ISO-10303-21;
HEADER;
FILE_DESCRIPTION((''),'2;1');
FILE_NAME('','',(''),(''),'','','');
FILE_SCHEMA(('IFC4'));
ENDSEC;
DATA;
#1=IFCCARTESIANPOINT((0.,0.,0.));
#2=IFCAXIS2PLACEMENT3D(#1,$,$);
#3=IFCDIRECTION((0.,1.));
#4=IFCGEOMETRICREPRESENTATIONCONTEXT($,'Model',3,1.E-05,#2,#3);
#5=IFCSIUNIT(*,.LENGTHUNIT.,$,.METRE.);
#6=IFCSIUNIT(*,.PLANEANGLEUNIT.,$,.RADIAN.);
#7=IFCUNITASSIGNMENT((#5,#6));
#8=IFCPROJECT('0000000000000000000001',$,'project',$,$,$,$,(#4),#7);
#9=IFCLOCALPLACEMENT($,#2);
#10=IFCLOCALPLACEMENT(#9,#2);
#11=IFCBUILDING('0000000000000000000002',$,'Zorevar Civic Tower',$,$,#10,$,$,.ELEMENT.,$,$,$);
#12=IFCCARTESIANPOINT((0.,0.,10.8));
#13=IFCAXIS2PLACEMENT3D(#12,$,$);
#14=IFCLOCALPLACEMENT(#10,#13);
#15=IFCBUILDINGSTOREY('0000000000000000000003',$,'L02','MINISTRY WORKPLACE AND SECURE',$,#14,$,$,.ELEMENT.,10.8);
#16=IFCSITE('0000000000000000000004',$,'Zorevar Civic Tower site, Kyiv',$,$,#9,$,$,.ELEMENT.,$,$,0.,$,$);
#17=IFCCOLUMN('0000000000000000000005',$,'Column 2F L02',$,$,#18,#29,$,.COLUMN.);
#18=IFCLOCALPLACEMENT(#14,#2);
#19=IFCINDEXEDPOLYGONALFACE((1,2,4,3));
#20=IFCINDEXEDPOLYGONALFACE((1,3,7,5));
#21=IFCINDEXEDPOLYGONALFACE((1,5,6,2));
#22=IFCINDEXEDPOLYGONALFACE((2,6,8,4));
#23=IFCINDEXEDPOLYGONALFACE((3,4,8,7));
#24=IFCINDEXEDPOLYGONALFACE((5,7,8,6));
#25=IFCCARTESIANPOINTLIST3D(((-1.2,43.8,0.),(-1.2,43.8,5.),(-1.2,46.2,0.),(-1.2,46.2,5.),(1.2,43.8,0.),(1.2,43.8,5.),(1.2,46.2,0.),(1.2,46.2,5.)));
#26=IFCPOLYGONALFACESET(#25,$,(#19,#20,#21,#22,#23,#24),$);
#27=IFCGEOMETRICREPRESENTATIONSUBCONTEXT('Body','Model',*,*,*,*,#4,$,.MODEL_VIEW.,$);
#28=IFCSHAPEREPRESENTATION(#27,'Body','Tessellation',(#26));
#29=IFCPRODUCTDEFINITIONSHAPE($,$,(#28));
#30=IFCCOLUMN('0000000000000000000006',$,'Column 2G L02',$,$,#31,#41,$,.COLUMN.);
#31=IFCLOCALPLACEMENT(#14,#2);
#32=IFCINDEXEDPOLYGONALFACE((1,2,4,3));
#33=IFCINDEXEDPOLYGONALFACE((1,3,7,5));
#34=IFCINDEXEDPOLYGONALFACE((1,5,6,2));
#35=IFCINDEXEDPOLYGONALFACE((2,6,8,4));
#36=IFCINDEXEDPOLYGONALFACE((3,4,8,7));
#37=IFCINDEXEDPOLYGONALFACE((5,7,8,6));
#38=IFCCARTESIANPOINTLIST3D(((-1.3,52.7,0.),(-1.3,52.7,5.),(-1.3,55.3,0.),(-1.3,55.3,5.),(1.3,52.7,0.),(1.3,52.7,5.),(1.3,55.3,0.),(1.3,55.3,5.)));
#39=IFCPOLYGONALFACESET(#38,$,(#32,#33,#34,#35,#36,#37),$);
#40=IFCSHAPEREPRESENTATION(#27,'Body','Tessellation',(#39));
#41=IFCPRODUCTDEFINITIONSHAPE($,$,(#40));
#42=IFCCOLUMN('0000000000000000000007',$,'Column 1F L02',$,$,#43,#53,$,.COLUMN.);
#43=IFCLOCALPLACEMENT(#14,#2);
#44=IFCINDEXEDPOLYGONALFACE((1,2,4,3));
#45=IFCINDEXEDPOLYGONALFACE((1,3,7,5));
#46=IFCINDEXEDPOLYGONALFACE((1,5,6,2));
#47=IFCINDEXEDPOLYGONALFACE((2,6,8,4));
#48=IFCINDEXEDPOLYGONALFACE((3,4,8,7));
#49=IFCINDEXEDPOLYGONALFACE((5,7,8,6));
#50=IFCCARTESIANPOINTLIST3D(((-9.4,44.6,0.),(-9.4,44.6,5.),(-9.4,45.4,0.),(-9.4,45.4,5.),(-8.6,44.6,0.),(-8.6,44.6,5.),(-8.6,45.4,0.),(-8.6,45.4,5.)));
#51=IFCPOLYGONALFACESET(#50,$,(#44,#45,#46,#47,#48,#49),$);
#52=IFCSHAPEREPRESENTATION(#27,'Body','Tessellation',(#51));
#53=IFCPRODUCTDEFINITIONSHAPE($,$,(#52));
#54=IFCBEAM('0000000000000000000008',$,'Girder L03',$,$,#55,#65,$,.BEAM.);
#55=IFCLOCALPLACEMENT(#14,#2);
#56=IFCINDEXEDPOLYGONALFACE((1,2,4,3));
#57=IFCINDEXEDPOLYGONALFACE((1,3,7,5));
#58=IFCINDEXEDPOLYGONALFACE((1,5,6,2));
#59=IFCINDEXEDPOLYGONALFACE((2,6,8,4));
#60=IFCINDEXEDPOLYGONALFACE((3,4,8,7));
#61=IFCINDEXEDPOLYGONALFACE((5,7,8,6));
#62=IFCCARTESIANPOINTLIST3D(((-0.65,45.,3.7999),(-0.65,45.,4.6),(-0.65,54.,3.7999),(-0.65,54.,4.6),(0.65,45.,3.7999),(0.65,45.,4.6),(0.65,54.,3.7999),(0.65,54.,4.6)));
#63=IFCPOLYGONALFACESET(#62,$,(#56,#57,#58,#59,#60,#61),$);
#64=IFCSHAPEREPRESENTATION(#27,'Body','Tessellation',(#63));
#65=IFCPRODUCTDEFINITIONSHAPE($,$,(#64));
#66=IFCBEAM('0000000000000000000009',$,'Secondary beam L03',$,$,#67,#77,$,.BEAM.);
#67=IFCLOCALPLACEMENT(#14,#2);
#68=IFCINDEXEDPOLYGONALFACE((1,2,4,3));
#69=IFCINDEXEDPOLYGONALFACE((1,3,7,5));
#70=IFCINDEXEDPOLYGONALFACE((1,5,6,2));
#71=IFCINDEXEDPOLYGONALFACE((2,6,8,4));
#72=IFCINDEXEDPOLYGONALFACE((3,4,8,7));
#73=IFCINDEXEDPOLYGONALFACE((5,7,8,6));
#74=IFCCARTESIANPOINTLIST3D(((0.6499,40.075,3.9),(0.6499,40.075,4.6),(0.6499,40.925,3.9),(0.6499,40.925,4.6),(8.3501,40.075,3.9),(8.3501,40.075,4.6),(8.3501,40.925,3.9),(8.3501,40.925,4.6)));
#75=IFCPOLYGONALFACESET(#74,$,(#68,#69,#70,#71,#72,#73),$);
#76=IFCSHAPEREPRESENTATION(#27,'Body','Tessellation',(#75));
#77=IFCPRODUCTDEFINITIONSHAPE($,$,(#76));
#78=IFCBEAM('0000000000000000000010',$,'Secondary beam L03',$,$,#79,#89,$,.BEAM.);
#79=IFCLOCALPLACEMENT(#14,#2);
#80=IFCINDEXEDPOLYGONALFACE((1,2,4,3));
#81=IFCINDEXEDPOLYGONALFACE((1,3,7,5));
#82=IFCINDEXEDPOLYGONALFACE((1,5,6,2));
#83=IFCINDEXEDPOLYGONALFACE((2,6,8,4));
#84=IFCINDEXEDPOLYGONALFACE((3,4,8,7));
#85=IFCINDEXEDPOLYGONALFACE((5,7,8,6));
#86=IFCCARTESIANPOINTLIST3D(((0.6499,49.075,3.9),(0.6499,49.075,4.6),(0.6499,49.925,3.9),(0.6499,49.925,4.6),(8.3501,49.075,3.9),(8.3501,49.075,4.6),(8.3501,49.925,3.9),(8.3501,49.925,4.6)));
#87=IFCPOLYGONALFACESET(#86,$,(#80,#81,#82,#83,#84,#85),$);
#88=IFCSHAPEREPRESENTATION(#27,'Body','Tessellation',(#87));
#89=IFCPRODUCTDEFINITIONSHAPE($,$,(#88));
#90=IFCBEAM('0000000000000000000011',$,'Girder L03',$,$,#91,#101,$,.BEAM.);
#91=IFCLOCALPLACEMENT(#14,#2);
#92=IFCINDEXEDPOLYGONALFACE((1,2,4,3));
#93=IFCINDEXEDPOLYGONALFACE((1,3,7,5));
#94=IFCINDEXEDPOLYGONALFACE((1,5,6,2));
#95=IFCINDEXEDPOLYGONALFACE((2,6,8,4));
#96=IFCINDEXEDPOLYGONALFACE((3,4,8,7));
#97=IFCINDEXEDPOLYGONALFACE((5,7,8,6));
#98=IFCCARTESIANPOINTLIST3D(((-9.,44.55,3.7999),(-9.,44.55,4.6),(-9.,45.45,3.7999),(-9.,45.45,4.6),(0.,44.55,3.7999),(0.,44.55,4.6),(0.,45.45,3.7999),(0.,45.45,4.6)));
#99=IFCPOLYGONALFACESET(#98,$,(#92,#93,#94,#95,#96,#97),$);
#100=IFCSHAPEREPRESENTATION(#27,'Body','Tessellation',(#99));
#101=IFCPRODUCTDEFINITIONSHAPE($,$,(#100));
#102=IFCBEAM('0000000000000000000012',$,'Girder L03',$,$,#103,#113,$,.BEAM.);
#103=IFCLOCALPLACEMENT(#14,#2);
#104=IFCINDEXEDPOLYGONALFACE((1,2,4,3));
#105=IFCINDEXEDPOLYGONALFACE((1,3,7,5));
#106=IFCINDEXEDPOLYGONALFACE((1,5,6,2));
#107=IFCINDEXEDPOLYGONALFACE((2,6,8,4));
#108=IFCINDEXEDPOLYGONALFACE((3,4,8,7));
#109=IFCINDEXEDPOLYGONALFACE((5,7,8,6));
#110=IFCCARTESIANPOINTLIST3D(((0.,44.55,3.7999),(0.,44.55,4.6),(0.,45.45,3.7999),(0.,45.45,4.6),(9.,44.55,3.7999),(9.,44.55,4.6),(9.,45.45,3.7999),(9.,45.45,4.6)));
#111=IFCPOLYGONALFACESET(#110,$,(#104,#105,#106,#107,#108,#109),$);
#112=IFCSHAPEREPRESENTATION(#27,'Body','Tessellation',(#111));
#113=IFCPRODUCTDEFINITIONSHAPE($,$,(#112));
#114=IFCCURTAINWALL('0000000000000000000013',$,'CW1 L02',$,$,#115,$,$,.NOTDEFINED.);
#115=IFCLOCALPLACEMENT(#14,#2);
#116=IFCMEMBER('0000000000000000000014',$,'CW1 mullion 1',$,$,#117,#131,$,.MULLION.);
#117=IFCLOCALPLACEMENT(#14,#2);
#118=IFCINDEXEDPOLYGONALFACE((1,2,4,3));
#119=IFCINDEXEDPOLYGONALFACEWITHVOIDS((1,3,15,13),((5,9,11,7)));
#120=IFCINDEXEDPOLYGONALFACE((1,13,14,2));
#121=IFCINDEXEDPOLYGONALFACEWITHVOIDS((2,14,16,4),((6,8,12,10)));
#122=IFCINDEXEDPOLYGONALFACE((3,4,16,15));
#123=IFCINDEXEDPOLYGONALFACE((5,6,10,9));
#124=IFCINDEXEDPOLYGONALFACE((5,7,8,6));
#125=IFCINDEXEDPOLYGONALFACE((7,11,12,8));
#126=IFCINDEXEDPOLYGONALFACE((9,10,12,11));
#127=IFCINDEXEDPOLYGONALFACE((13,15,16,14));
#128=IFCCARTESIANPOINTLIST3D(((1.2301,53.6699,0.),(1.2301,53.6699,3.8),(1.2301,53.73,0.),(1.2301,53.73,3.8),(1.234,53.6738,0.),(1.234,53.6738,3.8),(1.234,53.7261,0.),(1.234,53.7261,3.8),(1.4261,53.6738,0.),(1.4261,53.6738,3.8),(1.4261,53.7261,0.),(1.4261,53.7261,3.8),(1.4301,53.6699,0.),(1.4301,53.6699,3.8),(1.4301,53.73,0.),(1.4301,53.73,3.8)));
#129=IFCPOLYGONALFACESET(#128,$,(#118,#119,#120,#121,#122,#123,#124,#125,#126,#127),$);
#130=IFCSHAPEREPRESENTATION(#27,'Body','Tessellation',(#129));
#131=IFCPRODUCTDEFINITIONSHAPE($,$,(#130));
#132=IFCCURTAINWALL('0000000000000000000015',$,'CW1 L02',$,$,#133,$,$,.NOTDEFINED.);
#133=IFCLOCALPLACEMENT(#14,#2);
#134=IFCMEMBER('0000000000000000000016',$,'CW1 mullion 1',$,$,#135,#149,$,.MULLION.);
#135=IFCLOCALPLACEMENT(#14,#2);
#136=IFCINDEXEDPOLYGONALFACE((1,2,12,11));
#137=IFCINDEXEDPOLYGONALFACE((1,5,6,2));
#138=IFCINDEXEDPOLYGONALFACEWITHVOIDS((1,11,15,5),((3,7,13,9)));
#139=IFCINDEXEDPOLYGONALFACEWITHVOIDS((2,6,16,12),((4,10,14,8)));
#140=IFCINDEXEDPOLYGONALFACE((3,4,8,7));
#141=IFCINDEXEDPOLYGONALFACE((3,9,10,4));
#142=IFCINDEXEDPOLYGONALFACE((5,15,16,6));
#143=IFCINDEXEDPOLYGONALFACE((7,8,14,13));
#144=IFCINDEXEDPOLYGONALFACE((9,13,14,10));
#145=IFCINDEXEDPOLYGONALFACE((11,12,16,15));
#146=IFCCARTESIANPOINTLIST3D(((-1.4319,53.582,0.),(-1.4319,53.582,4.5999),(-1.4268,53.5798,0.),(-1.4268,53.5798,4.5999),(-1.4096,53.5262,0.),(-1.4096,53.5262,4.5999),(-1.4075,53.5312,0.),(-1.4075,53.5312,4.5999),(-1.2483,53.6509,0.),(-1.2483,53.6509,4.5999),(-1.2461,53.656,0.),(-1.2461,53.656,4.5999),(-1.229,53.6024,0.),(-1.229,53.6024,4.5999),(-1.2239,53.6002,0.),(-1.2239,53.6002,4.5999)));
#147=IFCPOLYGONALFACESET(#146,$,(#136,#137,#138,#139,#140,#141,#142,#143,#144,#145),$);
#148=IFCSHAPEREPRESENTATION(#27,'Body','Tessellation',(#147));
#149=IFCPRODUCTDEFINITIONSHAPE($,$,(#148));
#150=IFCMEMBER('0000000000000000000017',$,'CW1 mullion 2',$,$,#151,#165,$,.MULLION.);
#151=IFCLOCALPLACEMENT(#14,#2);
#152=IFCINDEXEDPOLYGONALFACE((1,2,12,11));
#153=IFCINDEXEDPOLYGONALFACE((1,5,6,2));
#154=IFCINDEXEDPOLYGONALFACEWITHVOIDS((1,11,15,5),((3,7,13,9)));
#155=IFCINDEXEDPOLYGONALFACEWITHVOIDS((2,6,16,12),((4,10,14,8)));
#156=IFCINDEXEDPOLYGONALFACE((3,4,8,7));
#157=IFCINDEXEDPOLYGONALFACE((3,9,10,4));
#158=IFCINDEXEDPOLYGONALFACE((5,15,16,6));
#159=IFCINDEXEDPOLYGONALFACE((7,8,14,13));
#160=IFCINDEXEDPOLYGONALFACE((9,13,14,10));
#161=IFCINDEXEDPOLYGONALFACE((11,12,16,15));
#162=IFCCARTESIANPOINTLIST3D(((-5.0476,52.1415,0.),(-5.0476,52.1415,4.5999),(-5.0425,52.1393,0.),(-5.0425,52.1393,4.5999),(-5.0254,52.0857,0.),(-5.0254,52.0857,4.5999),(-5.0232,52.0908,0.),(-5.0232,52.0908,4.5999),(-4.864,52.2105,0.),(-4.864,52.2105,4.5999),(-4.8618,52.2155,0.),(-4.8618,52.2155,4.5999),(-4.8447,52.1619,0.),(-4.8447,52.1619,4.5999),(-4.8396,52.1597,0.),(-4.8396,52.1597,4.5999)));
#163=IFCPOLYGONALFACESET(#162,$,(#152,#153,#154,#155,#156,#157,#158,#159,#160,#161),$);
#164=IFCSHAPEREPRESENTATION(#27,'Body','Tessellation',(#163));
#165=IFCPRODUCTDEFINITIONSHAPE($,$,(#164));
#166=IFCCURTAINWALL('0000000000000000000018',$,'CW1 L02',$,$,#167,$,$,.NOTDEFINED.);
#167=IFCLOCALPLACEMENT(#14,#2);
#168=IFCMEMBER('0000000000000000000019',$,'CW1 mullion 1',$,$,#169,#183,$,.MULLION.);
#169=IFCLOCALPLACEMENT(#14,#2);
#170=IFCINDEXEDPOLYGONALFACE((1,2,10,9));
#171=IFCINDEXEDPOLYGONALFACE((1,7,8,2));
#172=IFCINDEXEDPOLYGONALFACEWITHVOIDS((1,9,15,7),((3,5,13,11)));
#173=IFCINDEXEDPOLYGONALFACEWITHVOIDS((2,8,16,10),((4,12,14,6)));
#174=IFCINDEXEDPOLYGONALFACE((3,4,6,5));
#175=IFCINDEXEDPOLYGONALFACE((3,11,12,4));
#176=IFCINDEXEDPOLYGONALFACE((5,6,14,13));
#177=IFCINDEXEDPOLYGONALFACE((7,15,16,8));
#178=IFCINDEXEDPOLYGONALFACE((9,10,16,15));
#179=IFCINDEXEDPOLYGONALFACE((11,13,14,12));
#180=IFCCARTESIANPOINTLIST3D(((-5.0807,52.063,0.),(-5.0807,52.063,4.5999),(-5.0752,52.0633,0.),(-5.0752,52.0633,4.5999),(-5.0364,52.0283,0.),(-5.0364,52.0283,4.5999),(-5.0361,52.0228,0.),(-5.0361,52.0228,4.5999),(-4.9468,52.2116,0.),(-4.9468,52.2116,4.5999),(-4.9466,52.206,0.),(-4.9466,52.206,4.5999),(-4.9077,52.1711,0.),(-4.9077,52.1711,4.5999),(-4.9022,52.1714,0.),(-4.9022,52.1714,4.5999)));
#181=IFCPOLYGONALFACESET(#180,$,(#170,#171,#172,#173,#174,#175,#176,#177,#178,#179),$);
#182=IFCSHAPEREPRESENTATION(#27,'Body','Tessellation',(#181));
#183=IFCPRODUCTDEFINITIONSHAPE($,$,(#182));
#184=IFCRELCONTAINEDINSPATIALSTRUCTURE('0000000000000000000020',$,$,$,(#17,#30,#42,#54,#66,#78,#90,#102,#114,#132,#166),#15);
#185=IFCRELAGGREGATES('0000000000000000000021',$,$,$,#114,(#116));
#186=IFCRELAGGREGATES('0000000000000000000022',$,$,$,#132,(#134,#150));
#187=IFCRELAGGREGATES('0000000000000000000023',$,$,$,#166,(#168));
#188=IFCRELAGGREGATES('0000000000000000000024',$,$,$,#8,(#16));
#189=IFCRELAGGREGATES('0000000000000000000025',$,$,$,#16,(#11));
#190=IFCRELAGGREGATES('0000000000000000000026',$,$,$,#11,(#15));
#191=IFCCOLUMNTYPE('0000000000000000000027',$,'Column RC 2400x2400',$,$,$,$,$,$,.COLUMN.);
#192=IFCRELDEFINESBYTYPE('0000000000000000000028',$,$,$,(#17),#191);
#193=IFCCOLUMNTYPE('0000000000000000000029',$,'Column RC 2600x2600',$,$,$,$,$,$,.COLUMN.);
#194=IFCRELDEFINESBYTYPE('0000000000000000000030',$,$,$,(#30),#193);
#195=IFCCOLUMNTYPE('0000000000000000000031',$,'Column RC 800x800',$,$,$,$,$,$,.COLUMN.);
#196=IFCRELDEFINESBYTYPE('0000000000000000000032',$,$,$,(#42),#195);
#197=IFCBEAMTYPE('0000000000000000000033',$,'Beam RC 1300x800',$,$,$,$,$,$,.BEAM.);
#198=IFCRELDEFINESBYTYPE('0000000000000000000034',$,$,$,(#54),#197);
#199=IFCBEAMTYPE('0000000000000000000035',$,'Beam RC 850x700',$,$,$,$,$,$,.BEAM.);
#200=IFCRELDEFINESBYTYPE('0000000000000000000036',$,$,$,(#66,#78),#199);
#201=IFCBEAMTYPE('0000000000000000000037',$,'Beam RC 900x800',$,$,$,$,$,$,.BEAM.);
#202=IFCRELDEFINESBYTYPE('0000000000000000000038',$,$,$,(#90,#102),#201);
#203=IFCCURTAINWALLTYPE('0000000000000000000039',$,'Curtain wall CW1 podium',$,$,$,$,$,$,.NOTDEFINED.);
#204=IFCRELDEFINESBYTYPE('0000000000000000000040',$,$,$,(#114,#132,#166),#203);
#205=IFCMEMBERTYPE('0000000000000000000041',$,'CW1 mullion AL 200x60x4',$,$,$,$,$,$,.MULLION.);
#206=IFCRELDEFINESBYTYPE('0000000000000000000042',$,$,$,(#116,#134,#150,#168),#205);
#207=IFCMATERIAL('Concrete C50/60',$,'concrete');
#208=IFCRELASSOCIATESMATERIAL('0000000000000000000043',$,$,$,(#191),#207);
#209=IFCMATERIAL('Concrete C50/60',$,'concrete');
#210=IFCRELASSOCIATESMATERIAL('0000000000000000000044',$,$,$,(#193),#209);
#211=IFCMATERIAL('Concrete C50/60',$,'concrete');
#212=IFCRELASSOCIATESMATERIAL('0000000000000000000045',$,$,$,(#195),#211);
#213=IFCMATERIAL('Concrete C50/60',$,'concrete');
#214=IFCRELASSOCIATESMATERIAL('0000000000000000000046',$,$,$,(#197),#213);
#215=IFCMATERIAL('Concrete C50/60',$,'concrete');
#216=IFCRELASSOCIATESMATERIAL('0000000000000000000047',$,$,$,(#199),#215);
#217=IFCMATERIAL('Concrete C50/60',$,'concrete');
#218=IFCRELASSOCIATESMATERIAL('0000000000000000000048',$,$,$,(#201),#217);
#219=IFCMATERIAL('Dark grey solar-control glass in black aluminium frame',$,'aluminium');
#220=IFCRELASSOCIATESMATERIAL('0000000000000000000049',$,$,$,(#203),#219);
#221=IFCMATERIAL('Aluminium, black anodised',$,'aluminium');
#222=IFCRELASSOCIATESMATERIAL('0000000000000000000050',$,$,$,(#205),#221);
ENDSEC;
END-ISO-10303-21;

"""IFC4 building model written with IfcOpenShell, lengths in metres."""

from ifc_helpers import new_model, si_unit, direction, frame, origin, origin_2d, place, context, subcontext, project, spatial, rectangle, hollow_rectangle, extrude, material, material_profile, profile_set, type_object, element, aggregate, save


model = new_model("IFC4")

# Units and contexts
model_context = context("Model", 3, precision=1e-05, world=origin(), true_north=direction((0.0, 1.0)))
body_context = subcontext(model_context, "Body", "Model", "MODEL_VIEW")
ifc_project = project(units=[si_unit("LENGTHUNIT", "METRE"), si_unit("PLANEANGLEUNIT", "RADIAN")], contexts=[model_context])

# Site, building, storey
site_placement = place(None, origin())
site = spatial("IfcSite", under=ifc_project, at=site_placement, Name="Zorevar Civic Tower site, Kyiv", CompositionType="ELEMENT", RefElevation=0.0)
building_placement = place(site_placement, origin())
building = spatial("IfcBuilding", under=site, at=building_placement, Name="Zorevar Civic Tower", CompositionType="ELEMENT")
storey_placement = place(building_placement, frame((0.0, 0.0, 10.8)))
storey = spatial("IfcBuildingStorey", under=building, at=storey_placement, Name="L02", Description="MINISTRY WORKPLACE AND SECURE", CompositionType="ELEMENT", Elevation=10.8)

# Columns
ifc_material_1 = material(Name="Concrete C50/60", Category="concrete")
ifc_material_profile_1 = material_profile(ifc_material_1, rectangle(XDim=2.3999, YDim=2.3999, at=origin_2d()), Name="RC 2400x2400")
ifc_profile_set_1 = profile_set([ifc_material_profile_1], Name="Concrete C50/60")
column_type_1 = type_object("IfcColumnType", Name="Column RC 2400x2400", PredefinedType="COLUMN", material=ifc_profile_set_1)
column_1_placement = place(storey_placement, frame((0.0, 45.0, 0.0), z_axis=(0.0, 0.0, 1.0), x_axis=(1.0, 0.0, 0.0)))
element("IfcColumn", 1, at=column_1_placement, inside=storey, type_object=column_type_1, Name="Column 2F L02", PredefinedType="COLUMN", context=body_context, shape_type="SweptSolid", body=[
    extrude(rectangle(XDim=2.3999, YDim=2.3999, at=origin_2d()), origin(), (0.0, 0.0, 1.0), 5.0),
])
ifc_material_2 = material(Name="Concrete C50/60", Category="concrete")
ifc_material_profile_2 = material_profile(ifc_material_2, rectangle(XDim=2.6001, YDim=2.6001, at=origin_2d()), Name="RC 2600x2600")
ifc_profile_set_2 = profile_set([ifc_material_profile_2], Name="Concrete C50/60")
column_type_2 = type_object("IfcColumnType", Name="Column RC 2600x2600", PredefinedType="COLUMN", material=ifc_profile_set_2)
column_2_placement = place(storey_placement, frame((0.0, 54.0, 0.0), z_axis=(0.0, 0.0, 1.0), x_axis=(1.0, 0.0, 0.0)))
element("IfcColumn", 2, at=column_2_placement, inside=storey, type_object=column_type_2, Name="Column 2G L02", PredefinedType="COLUMN", context=body_context, shape_type="SweptSolid", body=[
    extrude(rectangle(XDim=2.6001, YDim=2.6001, at=origin_2d()), origin(), (0.0, 0.0, 1.0), 5.0),
])
ifc_material_3 = material(Name="Concrete C50/60", Category="concrete")
ifc_material_profile_3 = material_profile(ifc_material_3, rectangle(XDim=0.8, YDim=0.8, at=origin_2d()), Name="RC 800x800")
ifc_profile_set_3 = profile_set([ifc_material_profile_3], Name="Concrete C50/60")
column_type_3 = type_object("IfcColumnType", Name="Column RC 800x800", PredefinedType="COLUMN", material=ifc_profile_set_3)
column_3_placement = place(storey_placement, frame((-9.0, 45.0, 0.0), z_axis=(0.0, 0.0, 1.0), x_axis=(1.0, 0.0, 0.0)))
element("IfcColumn", 3, at=column_3_placement, inside=storey, type_object=column_type_3, Name="Column 1F L02", PredefinedType="COLUMN", context=body_context, shape_type="SweptSolid", body=[
    extrude(rectangle(XDim=0.8, YDim=0.8, at=origin_2d()), origin(), (0.0, 0.0, 1.0), 5.0),
])

# Beams
ifc_material_4 = material(Name="Concrete C50/60", Category="concrete")
ifc_material_profile_4 = material_profile(ifc_material_4, rectangle(XDim=1.3, YDim=0.8, at=origin_2d()), Name="RC 1300x800")
ifc_profile_set_4 = profile_set([ifc_material_profile_4], Name="Concrete C50/60")
beam_type_1 = type_object("IfcBeamType", Name="Beam RC 1300x800", PredefinedType="BEAM", material=ifc_profile_set_4)
beam_1_placement = place(storey_placement, frame((0.0, 45.0, 4.2), z_axis=(0.0, 1.0, 0.0), x_axis=(-1.0, 0.0, 0.0)))
element("IfcBeam", 4, at=beam_1_placement, inside=storey, type_object=beam_type_1, Name="Girder L03", PredefinedType="BEAM", context=body_context, shape_type="SweptSolid", body=[
    extrude(rectangle(XDim=1.3, YDim=0.8, at=origin_2d()), origin(), (0.0, 0.0, 1.0), 9.0),
])
ifc_material_5 = material(Name="Concrete C50/60", Category="concrete")
ifc_material_profile_5 = material_profile(ifc_material_5, rectangle(XDim=0.8501, YDim=0.7, at=origin_2d()), Name="RC 850x700")
ifc_profile_set_5 = profile_set([ifc_material_profile_5], Name="Concrete C50/60")
beam_type_2 = type_object("IfcBeamType", Name="Beam RC 850x700", PredefinedType="BEAM", material=ifc_profile_set_5)
for number, where, z_axis, x_axis, name in (
    (5, (0.6499, 40.5, 4.25), (1.0, 0.0, 0.0), (0.0, 1.0, 0.0), "Secondary beam L03"),
    (6, (0.6499, 49.5, 4.25), (1.0, 0.0, 0.0), (0.0, 1.0, 0.0), "Secondary beam L03"),
):
    element("IfcBeam", number, at=place(storey_placement, frame(where, z_axis=z_axis, x_axis=x_axis)), inside=storey, type_object=beam_type_2, Name=name, PredefinedType="BEAM", context=body_context, shape_type="SweptSolid", body=[
        extrude(rectangle(XDim=0.8501, YDim=0.7, at=origin_2d()), origin(), (0.0, 0.0, 1.0), 7.7002),
    ])
ifc_material_6 = material(Name="Concrete C50/60", Category="concrete")
ifc_material_profile_6 = material_profile(ifc_material_6, rectangle(XDim=0.8999, YDim=0.8, at=origin_2d()), Name="RC 900x800")
ifc_profile_set_6 = profile_set([ifc_material_profile_6], Name="Concrete C50/60")
beam_type_3 = type_object("IfcBeamType", Name="Beam RC 900x800", PredefinedType="BEAM", material=ifc_profile_set_6)
for number, where, z_axis, x_axis, name in (
    (7, (-9.0, 45.0, 4.2), (1.0, 0.0, 0.0), (0.0, 1.0, 0.0), "Girder L03"),
    (8, (0.0, 45.0, 4.2), (1.0, 0.0, 0.0), (0.0, 1.0, 0.0), "Girder L03"),
):
    element("IfcBeam", number, at=place(storey_placement, frame(where, z_axis=z_axis, x_axis=x_axis)), inside=storey, type_object=beam_type_3, Name=name, PredefinedType="BEAM", context=body_context, shape_type="SweptSolid", body=[
        extrude(rectangle(XDim=0.8999, YDim=0.8, at=origin_2d()), origin(), (0.0, 0.0, 1.0), 9.0),
    ])

# Curtain wall, member
ifc_material_7 = material(Name="Dark grey solar-control glass in black aluminium frame", Category="aluminium")
curtain_wall_type = type_object("IfcCurtainWallType", Name="Curtain wall CW1 podium", PredefinedType="NOTDEFINED", material=ifc_material_7)
curtain_wall_1_placement = place(storey_placement, origin())
curtain_wall_1 = element("IfcCurtainWall", 9, at=curtain_wall_1_placement, inside=storey, type_object=curtain_wall_type, Name="CW1 L02", PredefinedType="NOTDEFINED")
ifc_material_8 = material(Name="Aluminium, black anodised", Category="aluminium")
ifc_material_profile_7 = material_profile(ifc_material_8, hollow_rectangle(XDim=0.0601, YDim=0.2, WallThickness=0.0039, at=origin_2d()), Name="AL 200x60x4")
ifc_profile_set_7 = profile_set([ifc_material_profile_7], Name="Aluminium, black anodised")
member_type_1 = type_object("IfcMemberType", Name="CW1 mullion AL 200x60x4", PredefinedType="MULLION", material=ifc_profile_set_7)
member_1_placement = place(storey_placement, frame((1.3301, 53.7, 0.0), z_axis=(0.0, 0.0, 1.0), x_axis=(0.0, 1.0, 0.0)))
member_1 = element("IfcMember", 10, at=member_1_placement, type_object=member_type_1, Name="CW1 mullion 1", PredefinedType="MULLION", context=body_context, shape_type="SweptSolid", body=[
    extrude(hollow_rectangle(XDim=0.0601, YDim=0.2, WallThickness=0.0039, at=origin_2d()), origin(), (0.0, 0.0, 1.0), 3.8),
])
aggregate(curtain_wall_1, [member_1])

# Curtain walls, members
curtain_wall_2_placement = place(storey_placement, origin())
curtain_wall_2 = element("IfcCurtainWall", 11, at=curtain_wall_2_placement, inside=storey, type_object=curtain_wall_type, Name="CW1 L02", PredefinedType="NOTDEFINED")
member_2_placement = place(storey_placement, frame((-1.3279, 53.5911, 0.0), z_axis=(0.0, 0.0, 1.0), x_axis=(0.370111, -0.928988, 0.0)))
member_2 = element("IfcMember", 12, at=member_2_placement, type_object=member_type_1, Name="CW1 mullion 1", PredefinedType="MULLION", context=body_context, shape_type="SweptSolid", body=[
    extrude(hollow_rectangle(XDim=0.0601, YDim=0.2, WallThickness=0.0039, at=origin_2d()), origin(), (0.0, 0.0, 1.0), 4.5999),
])
member_3_placement = place(storey_placement, frame((-4.9436, 52.1506, 0.0), z_axis=(0.0, 0.0, 1.0), x_axis=(0.370111, -0.928988, 0.0)))
member_3 = element("IfcMember", 13, at=member_3_placement, type_object=member_type_1, Name="CW1 mullion 2", PredefinedType="MULLION", context=body_context, shape_type="SweptSolid", body=[
    extrude(hollow_rectangle(XDim=0.0601, YDim=0.2, WallThickness=0.0039, at=origin_2d()), origin(), (0.0, 0.0, 1.0), 4.5999),
])
curtain_wall_3_placement = place(storey_placement, origin())
curtain_wall_3 = element("IfcCurtainWall", 14, at=curtain_wall_3_placement, inside=storey, type_object=curtain_wall_type, Name="CW1 L02", PredefinedType="NOTDEFINED")
member_4_placement = place(storey_placement, frame((-4.9915, 52.1172, 0.0), z_axis=(0.0, 0.0, 1.0), x_axis=(0.7429, -0.669403, 0.0)))
member_4 = element("IfcMember", 15, at=member_4_placement, type_object=member_type_1, Name="CW1 mullion 1", PredefinedType="MULLION", context=body_context, shape_type="SweptSolid", body=[
    extrude(hollow_rectangle(XDim=0.0601, YDim=0.2, WallThickness=0.0039, at=origin_2d()), origin(), (0.0, 0.0, 1.0), 4.5999),
])

aggregate(curtain_wall_2, [member_2, member_3])
aggregate(curtain_wall_3, [member_4])

save(model, "model.ifc")
